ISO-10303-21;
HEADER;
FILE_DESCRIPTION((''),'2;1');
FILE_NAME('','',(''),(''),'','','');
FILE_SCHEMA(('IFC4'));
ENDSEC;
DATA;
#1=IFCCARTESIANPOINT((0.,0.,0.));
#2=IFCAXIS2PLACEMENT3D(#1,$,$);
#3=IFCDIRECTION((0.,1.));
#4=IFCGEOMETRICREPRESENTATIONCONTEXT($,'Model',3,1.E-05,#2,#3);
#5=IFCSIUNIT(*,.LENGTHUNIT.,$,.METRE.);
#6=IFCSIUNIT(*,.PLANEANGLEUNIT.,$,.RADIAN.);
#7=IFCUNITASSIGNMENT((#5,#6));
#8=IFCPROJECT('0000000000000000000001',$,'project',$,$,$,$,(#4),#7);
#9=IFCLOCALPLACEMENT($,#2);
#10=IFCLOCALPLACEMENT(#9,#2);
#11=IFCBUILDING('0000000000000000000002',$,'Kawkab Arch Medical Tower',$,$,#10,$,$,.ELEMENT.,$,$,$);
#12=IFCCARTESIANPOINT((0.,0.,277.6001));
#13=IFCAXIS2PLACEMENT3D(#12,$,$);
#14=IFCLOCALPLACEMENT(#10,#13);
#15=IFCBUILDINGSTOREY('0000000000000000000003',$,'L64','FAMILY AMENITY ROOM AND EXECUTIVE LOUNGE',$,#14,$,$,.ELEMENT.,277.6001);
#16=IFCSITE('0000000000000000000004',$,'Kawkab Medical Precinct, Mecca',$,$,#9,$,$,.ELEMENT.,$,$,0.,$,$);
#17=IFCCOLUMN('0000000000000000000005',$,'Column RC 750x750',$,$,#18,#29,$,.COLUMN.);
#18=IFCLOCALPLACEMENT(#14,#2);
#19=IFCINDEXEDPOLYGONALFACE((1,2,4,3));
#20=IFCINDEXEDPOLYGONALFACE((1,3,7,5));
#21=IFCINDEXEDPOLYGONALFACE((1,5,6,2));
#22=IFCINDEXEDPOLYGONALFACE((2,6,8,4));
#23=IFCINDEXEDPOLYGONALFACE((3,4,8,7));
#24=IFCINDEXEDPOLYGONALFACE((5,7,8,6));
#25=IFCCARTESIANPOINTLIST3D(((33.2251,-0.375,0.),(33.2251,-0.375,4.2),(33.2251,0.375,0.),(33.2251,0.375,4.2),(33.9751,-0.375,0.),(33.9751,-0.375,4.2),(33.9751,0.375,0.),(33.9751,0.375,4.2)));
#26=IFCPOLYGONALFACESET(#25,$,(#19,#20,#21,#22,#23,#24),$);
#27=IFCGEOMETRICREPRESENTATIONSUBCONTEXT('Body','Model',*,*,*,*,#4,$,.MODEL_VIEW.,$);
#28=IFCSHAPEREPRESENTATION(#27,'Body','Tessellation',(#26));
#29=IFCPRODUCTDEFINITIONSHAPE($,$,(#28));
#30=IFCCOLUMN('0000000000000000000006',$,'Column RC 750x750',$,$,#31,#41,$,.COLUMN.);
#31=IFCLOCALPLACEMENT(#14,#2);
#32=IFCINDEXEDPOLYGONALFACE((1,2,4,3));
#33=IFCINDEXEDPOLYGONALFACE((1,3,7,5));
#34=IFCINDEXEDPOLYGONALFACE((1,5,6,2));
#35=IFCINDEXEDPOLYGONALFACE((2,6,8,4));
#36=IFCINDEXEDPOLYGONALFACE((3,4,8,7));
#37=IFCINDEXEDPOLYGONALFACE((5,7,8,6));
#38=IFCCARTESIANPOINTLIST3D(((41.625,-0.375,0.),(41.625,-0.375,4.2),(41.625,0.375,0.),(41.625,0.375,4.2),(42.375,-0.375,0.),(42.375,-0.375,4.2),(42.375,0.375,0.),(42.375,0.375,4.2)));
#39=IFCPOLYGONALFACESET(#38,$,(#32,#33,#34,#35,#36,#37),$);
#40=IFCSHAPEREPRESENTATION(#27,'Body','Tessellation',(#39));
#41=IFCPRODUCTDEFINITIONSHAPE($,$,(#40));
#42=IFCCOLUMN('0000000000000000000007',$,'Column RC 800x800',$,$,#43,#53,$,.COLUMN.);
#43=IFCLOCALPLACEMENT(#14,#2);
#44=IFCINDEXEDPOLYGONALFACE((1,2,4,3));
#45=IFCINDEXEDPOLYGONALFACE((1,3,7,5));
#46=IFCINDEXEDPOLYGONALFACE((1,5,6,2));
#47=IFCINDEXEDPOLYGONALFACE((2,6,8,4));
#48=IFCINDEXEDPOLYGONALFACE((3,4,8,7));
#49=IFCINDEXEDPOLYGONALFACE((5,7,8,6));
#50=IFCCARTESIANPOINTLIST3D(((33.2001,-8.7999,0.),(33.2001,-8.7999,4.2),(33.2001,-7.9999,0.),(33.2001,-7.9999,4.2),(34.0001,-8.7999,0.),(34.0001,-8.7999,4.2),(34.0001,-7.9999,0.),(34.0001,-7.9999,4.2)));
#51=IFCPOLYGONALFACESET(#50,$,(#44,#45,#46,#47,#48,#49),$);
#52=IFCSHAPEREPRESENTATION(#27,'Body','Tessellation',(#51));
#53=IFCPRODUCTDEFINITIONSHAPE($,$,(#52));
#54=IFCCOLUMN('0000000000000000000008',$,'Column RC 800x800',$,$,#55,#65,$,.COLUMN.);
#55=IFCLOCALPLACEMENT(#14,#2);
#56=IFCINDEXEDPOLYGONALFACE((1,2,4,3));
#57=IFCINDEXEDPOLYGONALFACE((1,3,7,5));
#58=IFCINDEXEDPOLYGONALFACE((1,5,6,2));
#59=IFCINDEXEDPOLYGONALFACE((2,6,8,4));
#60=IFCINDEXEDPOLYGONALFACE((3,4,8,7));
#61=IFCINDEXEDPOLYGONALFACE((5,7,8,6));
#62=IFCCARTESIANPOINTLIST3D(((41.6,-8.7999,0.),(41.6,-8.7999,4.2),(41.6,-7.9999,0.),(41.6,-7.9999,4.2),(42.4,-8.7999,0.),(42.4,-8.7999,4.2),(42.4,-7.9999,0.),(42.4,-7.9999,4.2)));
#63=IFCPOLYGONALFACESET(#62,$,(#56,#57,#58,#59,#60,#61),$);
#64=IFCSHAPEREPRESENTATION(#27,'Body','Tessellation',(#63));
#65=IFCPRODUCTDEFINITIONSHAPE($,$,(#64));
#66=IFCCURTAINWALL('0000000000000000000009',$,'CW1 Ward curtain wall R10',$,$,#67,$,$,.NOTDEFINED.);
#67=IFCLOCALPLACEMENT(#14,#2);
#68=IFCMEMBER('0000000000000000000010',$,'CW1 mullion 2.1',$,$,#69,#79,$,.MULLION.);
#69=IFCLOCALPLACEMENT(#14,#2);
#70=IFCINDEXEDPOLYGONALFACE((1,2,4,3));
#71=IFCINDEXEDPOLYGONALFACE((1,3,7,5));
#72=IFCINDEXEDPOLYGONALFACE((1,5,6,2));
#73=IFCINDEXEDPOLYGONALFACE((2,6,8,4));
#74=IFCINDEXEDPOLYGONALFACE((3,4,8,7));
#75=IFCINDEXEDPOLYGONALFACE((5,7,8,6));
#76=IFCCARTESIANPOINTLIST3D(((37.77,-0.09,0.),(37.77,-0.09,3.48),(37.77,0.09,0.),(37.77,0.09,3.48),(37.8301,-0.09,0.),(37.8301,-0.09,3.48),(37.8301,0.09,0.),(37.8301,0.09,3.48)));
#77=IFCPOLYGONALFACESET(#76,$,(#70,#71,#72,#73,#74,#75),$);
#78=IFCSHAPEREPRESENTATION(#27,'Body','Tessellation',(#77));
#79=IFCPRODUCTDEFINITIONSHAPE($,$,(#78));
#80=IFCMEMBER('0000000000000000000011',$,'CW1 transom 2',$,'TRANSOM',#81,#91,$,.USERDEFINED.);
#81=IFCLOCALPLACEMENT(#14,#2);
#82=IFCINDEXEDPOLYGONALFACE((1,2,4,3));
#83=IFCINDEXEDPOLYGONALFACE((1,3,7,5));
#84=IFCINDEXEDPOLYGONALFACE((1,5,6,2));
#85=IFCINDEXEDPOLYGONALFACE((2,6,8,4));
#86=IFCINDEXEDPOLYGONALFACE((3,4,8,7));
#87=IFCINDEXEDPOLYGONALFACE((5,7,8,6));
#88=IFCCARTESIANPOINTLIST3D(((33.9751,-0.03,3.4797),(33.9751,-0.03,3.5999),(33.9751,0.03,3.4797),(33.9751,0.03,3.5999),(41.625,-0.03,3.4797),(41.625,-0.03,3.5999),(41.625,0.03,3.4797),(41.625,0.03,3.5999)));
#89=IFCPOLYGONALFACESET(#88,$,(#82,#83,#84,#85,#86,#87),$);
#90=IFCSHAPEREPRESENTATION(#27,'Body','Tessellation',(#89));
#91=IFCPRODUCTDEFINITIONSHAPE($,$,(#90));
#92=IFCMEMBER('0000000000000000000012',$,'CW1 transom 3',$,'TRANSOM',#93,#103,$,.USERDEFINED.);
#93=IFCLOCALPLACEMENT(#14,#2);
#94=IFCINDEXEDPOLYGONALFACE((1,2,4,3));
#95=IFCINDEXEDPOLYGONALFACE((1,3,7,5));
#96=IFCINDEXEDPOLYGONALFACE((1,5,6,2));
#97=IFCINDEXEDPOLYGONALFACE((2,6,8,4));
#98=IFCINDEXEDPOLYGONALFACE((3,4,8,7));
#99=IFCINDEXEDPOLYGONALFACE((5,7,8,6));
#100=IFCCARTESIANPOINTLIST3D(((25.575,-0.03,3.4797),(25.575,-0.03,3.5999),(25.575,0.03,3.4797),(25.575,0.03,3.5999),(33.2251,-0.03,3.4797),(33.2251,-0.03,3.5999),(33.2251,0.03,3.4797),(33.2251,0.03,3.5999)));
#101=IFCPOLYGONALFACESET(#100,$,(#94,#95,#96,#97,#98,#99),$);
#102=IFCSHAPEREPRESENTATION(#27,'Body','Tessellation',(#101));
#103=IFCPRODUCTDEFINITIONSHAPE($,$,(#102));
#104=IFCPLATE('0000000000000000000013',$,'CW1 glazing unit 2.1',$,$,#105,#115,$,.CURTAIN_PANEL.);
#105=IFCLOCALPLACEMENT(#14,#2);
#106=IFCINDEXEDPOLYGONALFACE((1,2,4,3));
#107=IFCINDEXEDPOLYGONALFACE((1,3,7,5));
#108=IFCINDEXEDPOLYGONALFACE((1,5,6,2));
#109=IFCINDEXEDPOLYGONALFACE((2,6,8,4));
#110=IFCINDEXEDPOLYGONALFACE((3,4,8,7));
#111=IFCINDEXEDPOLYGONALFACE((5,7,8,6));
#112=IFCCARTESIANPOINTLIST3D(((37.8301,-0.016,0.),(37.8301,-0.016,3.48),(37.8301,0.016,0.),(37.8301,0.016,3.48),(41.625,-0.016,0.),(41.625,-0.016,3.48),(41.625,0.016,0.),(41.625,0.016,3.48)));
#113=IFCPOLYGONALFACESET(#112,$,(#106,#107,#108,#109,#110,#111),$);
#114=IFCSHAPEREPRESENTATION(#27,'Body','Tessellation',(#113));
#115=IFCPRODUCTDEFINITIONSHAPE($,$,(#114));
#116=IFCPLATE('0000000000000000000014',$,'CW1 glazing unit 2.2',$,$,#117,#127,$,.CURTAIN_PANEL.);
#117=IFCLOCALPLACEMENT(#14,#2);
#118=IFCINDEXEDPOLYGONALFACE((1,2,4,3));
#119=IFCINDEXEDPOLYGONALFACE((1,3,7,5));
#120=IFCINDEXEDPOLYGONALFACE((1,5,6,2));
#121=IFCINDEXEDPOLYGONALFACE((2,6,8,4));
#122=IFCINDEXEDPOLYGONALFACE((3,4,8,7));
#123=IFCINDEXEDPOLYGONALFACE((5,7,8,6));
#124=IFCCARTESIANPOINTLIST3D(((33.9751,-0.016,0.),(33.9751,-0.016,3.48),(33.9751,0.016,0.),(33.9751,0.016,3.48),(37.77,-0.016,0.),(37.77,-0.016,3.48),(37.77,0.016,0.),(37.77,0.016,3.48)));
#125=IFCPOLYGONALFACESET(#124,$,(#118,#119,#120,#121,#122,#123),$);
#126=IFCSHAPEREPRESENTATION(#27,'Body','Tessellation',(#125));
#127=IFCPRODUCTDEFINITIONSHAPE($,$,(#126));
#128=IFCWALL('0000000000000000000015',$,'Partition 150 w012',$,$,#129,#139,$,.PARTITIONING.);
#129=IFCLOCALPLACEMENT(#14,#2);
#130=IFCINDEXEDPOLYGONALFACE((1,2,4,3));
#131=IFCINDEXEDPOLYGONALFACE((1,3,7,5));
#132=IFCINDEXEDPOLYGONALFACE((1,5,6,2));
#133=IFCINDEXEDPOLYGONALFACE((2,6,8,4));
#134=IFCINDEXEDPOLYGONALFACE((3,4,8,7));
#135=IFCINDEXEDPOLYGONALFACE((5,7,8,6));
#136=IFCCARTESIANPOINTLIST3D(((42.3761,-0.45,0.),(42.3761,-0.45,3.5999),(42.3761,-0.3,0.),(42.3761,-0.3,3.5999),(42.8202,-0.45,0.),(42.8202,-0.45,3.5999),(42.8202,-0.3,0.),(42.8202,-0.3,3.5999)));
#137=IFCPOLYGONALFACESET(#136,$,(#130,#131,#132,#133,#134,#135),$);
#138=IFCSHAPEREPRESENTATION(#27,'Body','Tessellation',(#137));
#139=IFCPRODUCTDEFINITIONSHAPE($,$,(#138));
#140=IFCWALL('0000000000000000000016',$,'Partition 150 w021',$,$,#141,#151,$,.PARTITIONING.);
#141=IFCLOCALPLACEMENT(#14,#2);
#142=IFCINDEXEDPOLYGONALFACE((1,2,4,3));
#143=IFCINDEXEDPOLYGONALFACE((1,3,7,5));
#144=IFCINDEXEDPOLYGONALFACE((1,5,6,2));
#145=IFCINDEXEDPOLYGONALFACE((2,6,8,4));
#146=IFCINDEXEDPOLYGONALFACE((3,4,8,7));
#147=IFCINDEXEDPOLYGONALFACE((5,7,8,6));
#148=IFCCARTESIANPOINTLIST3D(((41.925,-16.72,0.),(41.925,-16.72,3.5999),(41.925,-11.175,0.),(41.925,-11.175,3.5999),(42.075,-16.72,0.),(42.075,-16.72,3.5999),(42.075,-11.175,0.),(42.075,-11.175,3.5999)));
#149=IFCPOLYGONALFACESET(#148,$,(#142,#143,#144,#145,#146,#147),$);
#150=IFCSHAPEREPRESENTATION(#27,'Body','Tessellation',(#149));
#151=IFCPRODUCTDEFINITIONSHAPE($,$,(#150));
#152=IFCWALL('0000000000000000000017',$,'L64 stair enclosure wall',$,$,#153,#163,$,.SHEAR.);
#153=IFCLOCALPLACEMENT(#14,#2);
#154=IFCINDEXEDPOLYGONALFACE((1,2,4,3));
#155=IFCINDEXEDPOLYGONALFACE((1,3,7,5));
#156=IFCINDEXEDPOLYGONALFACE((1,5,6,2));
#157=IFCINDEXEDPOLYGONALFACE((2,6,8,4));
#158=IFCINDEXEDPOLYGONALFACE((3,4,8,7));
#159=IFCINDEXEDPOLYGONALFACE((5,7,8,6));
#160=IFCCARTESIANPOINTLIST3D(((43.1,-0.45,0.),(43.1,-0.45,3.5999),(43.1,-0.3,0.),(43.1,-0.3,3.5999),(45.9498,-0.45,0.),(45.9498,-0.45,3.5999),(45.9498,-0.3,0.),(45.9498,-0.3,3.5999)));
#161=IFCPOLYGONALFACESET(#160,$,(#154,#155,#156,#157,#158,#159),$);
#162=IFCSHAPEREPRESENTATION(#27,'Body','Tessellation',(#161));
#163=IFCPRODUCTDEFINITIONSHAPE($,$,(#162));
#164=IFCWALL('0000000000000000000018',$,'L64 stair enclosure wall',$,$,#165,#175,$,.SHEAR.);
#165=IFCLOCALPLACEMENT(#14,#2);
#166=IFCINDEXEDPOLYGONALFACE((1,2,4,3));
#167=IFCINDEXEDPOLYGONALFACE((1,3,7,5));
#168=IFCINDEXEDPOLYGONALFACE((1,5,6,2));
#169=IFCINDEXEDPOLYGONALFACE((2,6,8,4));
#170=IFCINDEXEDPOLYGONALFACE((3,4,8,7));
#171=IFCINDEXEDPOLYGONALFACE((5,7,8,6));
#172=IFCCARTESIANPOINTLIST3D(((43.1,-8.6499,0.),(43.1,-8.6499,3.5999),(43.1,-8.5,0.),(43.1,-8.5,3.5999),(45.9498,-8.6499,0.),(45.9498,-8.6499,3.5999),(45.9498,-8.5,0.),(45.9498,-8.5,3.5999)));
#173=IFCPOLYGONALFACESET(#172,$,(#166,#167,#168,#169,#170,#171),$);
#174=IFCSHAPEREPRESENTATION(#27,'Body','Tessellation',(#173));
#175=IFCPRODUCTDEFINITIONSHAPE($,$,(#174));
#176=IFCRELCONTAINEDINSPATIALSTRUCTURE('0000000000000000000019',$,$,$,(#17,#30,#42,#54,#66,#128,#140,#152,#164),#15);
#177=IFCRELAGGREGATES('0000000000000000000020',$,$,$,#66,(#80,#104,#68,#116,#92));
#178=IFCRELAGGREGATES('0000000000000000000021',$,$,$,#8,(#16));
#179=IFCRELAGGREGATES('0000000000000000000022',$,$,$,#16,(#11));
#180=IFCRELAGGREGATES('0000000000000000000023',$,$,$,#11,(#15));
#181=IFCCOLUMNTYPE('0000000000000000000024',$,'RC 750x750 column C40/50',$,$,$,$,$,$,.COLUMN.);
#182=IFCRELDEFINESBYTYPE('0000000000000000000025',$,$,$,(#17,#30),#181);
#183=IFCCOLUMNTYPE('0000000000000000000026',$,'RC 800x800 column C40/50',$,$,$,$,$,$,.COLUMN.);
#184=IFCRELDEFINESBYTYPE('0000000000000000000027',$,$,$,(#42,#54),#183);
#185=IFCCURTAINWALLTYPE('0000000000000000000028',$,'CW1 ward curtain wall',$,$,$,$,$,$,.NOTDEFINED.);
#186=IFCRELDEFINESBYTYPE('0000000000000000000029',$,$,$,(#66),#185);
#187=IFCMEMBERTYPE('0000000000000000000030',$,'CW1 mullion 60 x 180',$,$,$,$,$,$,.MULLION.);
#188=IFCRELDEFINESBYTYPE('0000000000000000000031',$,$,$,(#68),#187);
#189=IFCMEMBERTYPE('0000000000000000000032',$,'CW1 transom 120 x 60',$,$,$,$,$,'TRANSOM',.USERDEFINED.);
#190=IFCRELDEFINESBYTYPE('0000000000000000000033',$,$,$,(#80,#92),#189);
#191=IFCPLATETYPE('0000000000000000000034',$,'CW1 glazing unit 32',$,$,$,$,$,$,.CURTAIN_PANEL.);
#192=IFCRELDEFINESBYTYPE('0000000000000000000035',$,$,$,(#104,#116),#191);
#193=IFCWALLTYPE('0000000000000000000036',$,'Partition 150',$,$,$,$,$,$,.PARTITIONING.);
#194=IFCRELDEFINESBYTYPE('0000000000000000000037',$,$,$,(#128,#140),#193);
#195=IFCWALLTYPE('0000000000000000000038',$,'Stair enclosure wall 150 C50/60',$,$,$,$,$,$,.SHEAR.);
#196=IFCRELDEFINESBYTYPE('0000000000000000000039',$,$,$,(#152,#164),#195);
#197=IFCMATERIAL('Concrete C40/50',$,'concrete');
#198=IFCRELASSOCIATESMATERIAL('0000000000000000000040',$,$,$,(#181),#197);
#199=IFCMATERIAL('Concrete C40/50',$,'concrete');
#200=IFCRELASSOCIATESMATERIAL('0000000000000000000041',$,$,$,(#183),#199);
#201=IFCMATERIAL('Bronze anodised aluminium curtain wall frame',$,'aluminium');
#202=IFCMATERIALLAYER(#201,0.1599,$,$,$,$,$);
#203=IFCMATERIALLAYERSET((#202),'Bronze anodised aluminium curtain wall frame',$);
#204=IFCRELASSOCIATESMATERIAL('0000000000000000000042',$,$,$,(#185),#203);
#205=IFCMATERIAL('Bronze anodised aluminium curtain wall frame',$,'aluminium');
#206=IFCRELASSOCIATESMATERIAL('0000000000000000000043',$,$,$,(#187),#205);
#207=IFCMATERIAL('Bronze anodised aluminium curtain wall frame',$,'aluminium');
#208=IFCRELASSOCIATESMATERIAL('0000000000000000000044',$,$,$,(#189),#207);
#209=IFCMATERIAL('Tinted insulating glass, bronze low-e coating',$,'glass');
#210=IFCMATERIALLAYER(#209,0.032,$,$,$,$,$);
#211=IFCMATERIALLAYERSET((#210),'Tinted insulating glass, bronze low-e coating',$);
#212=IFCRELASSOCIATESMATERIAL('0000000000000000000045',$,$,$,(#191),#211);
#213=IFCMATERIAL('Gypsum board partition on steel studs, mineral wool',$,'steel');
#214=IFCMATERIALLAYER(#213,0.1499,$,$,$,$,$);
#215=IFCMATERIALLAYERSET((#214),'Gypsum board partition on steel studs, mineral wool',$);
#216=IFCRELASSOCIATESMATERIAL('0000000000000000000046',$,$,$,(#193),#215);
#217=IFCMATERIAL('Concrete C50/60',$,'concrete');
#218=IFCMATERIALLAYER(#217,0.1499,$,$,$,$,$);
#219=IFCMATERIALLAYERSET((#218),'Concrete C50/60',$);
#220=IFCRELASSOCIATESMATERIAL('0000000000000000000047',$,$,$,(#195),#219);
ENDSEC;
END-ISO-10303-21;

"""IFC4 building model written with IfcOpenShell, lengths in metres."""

from ifc_helpers import new_model, si_unit, direction, frame, frame_2d, origin, origin_2d, place, context, subcontext, project, spatial, rectangle, extrude, material, layer, layer_set, material_profile, profile_set, type_object, element, aggregate, save


model = new_model("IFC4")

# Units and contexts
model_context = context("Model", 3, precision=1e-05, world=origin(), true_north=direction((0.0, 1.0)))
body_context = subcontext(model_context, "Body", "Model", "MODEL_VIEW")
ifc_project = project(units=[si_unit("LENGTHUNIT", "METRE"), si_unit("PLANEANGLEUNIT", "RADIAN")], contexts=[model_context])

# Site, building, storey
site_placement = place(None, origin())
site = spatial("IfcSite", under=ifc_project, at=site_placement, Name="Kawkab Medical Precinct, Mecca", CompositionType="ELEMENT", RefElevation=0.0)
building_placement = place(site_placement, origin())
building = spatial("IfcBuilding", under=site, at=building_placement, Name="Kawkab Arch Medical Tower", CompositionType="ELEMENT")
storey_placement = place(building_placement, frame((0.0, 0.0, 277.6001)))
storey = spatial("IfcBuildingStorey", under=building, at=storey_placement, Name="L64", Description="FAMILY AMENITY ROOM AND EXECUTIVE LOUNGE", CompositionType="ELEMENT", Elevation=277.6001)

# Columns
ifc_material_1 = material(Name="Concrete C40/50", Category="concrete")
ifc_material_profile_1 = material_profile(ifc_material_1, rectangle(XDim=0.75, YDim=0.75, at=origin_2d()), Name="RC 750x750")
ifc_profile_set_1 = profile_set([ifc_material_profile_1], Name="Concrete C40/50")
column_type_1 = type_object("IfcColumnType", Name="RC 750x750 column C40/50", PredefinedType="COLUMN", material=ifc_profile_set_1)
for number, where, z_axis, x_axis, name in (
    (1, (33.6001, 0.0, 0.0), (0.0, 0.0, 1.0), (1.0, 0.0, 0.0), "Column RC 750x750"),
    (2, (42.0, 0.0, 0.0), (0.0, 0.0, 1.0), (1.0, 0.0, 0.0), "Column RC 750x750"),
):
    element("IfcColumn", number, at=place(storey_placement, frame(where, z_axis=z_axis, x_axis=x_axis)), inside=storey, type_object=column_type_1, Name=name, PredefinedType="COLUMN", context=body_context, shape_type="SweptSolid", body=[
        extrude(rectangle(XDim=0.75, YDim=0.75, at=origin_2d()), origin(), (0.0, 0.0, 1.0), 4.2),
    ])
ifc_material_2 = material(Name="Concrete C40/50", Category="concrete")
ifc_material_profile_2 = material_profile(ifc_material_2, rectangle(XDim=0.8, YDim=0.8, at=origin_2d()), Name="RC 800x800")
ifc_profile_set_2 = profile_set([ifc_material_profile_2], Name="Concrete C40/50")
column_type_2 = type_object("IfcColumnType", Name="RC 800x800 column C40/50", PredefinedType="COLUMN", material=ifc_profile_set_2)
for number, where, z_axis, x_axis, name in (
    (3, (33.6001, -8.3999, 0.0), (0.0, 0.0, 1.0), (1.0, 0.0, 0.0), "Column RC 800x800"),
    (4, (42.0, -8.3999, 0.0), (0.0, 0.0, 1.0), (1.0, 0.0, 0.0), "Column RC 800x800"),
):
    element("IfcColumn", number, at=place(storey_placement, frame(where, z_axis=z_axis, x_axis=x_axis)), inside=storey, type_object=column_type_2, Name=name, PredefinedType="COLUMN", context=body_context, shape_type="SweptSolid", body=[
        extrude(rectangle(XDim=0.8, YDim=0.8, at=origin_2d()), origin(), (0.0, 0.0, 1.0), 4.2),
    ])

# Curtain wall, members, plates
ifc_material_3 = material(Name="Bronze anodised aluminium curtain wall frame", Category="aluminium")
ifc_layer_1 = layer(ifc_material_3, 0.1599)
ifc_layer_set_1 = layer_set([ifc_layer_1], Name="Bronze anodised aluminium curtain wall frame")
curtain_wall_type = type_object("IfcCurtainWallType", Name="CW1 ward curtain wall", PredefinedType="NOTDEFINED", material=ifc_layer_set_1)
placement = place(storey_placement, origin())
curtain_wall = element("IfcCurtainWall", 5, at=placement, inside=storey, type_object=curtain_wall_type, Name="CW1 Ward curtain wall R10", PredefinedType="NOTDEFINED")
ifc_material_4 = material(Name="Bronze anodised aluminium curtain wall frame", Category="aluminium")
ifc_material_profile_3 = material_profile(ifc_material_4, rectangle(XDim=0.1799, YDim=0.0601, at=origin_2d()), Name="AL 60x180")
ifc_profile_set_3 = profile_set([ifc_material_profile_3], Name="Bronze anodised aluminium curtain wall frame")
member_type_1 = type_object("IfcMemberType", Name="CW1 mullion 60 x 180", PredefinedType="MULLION", material=ifc_profile_set_3)
member_1_placement = place(storey_placement, frame((37.8, 0.0, 0.0), z_axis=(0.0, 0.0, 1.0), x_axis=(0.0, -1.0, 0.0)))
member_1 = element("IfcMember", 6, at=member_1_placement, type_object=member_type_1, Name="CW1 mullion 2.1", PredefinedType="MULLION", context=body_context, shape_type="SweptSolid", body=[
    extrude(rectangle(XDim=0.1799, YDim=0.0601, at=origin_2d()), origin(), (0.0, 0.0, 1.0), 3.48),
])
ifc_material_5 = material(Name="Bronze anodised aluminium curtain wall frame", Category="aluminium")
ifc_material_profile_4 = material_profile(ifc_material_5, rectangle(XDim=0.0601, YDim=0.1201, at=origin_2d()), Name="AL 60x120")
ifc_profile_set_4 = profile_set([ifc_material_profile_4], Name="Bronze anodised aluminium curtain wall frame")
member_type_2 = type_object("IfcMemberType", Name="CW1 transom 120 x 60", ElementType="TRANSOM", PredefinedType="USERDEFINED", material=ifc_profile_set_4)
member_2_placement = place(storey_placement, frame((41.625, 0.0, 3.5398), z_axis=(-1.0, 0.0, 0.0), x_axis=(0.0, -1.0, 0.0)))
member_2 = element("IfcMember", 7, at=member_2_placement, type_object=member_type_2, Name="CW1 transom 2", ObjectType="TRANSOM", PredefinedType="USERDEFINED", context=body_context, shape_type="SweptSolid", body=[
    extrude(rectangle(XDim=0.0601, YDim=0.1201, at=origin_2d()), origin(), (0.0, 0.0, 1.0), 7.6499),
])
member_3_placement = place(storey_placement, frame((33.2251, 0.0, 3.5398), z_axis=(-1.0, 0.0, 0.0), x_axis=(0.0, -1.0, 0.0)))
member_3 = element("IfcMember", 8, at=member_3_placement, type_object=member_type_2, Name="CW1 transom 3", ObjectType="TRANSOM", PredefinedType="USERDEFINED", context=body_context, shape_type="SweptSolid", body=[
    extrude(rectangle(XDim=0.0601, YDim=0.1201, at=origin_2d()), origin(), (0.0, 0.0, 1.0), 7.6501),
])
ifc_material_6 = material(Name="Tinted insulating glass, bronze low-e coating", Category="glass")
ifc_layer_2 = layer(ifc_material_6, 0.032)
ifc_layer_set_2 = layer_set([ifc_layer_2], Name="Tinted insulating glass, bronze low-e coating")
plate_type = type_object("IfcPlateType", Name="CW1 glazing unit 32", PredefinedType="CURTAIN_PANEL", material=ifc_layer_set_2)
plate_1_placement = place(storey_placement, frame((39.7275, 0.0, 0.0), z_axis=(0.0, 0.0, 1.0), x_axis=(-1.0, 0.0, 0.0)))
plate_1 = element("IfcPlate", 9, at=plate_1_placement, type_object=plate_type, Name="CW1 glazing unit 2.1", PredefinedType="CURTAIN_PANEL", context=body_context, shape_type="SweptSolid", body=[
    extrude(rectangle(XDim=3.7949, YDim=0.032, at=origin_2d()), origin(), (0.0, 0.0, 1.0), 3.48),
])
plate_2_placement = place(storey_placement, frame((35.8726, 0.0, 0.0), z_axis=(0.0, 0.0, 1.0), x_axis=(-1.0, 0.0, 0.0)))
plate_2 = element("IfcPlate", 10, at=plate_2_placement, type_object=plate_type, Name="CW1 glazing unit 2.2", PredefinedType="CURTAIN_PANEL", context=body_context, shape_type="SweptSolid", body=[
    extrude(rectangle(XDim=3.7949, YDim=0.032, at=origin_2d()), origin(), (0.0, 0.0, 1.0), 3.48),
])
aggregate(curtain_wall, [member_2, plate_1, member_1, plate_2, member_3])

# Walls
ifc_material_7 = material(Name="Gypsum board partition on steel studs, mineral wool", Category="steel")
ifc_layer_3 = layer(ifc_material_7, 0.1499)
ifc_layer_set_3 = layer_set([ifc_layer_3], Name="Gypsum board partition on steel studs, mineral wool")
wall_type_1 = type_object("IfcWallType", Name="Partition 150", PredefinedType="PARTITIONING", material=ifc_layer_set_3)
wall_1_placement = place(storey_placement, frame((42.376, -0.375, 0.0), z_axis=(0.0, 0.0, 1.0), x_axis=(1.0, 0.0, 0.0)))
element("IfcWall", 11, at=wall_1_placement, inside=storey, type_object=wall_type_1, Name="Partition 150 w012", PredefinedType="PARTITIONING", context=body_context, shape_type="SweptSolid", body=[
    extrude(rectangle(XDim=0.4441, YDim=0.1499, at=frame_2d((0.2222, 0.0))), origin(), (0.0, 0.0, 1.0), 3.5999),
])
wall_2_placement = place(storey_placement, frame((42.0, -16.72, 0.0), z_axis=(0.0, 0.0, 1.0), x_axis=(0.0, 1.0, 0.0)))
element("IfcWall", 12, at=wall_2_placement, inside=storey, type_object=wall_type_1, Name="Partition 150 w021", PredefinedType="PARTITIONING", context=body_context, shape_type="SweptSolid", body=[
    extrude(rectangle(XDim=5.5449, YDim=0.1499, at=frame_2d((2.7725, 0.0))), origin(), (0.0, 0.0, 1.0), 3.5999),
])
ifc_material_8 = material(Name="Concrete C50/60", Category="concrete")
ifc_layer_4 = layer(ifc_material_8, 0.1499)
ifc_layer_set_4 = layer_set([ifc_layer_4], Name="Concrete C50/60")
wall_type_2 = type_object("IfcWallType", Name="Stair enclosure wall 150 C50/60", PredefinedType="SHEAR", material=ifc_layer_set_4)
for number, where, z_axis, x_axis, name in (
    (13, (43.1001, -0.375, 0.0), (0.0, 0.0, 1.0), (1.0, 0.0, 0.0), "L64 stair enclosure wall"),
    (14, (43.1001, -8.575, 0.0), (0.0, 0.0, 1.0), (1.0, 0.0, 0.0), "L64 stair enclosure wall"),
):
    element("IfcWall", number, at=place(storey_placement, frame(where, z_axis=z_axis, x_axis=x_axis)), inside=storey, type_object=wall_type_2, Name=name, PredefinedType="SHEAR", context=body_context, shape_type="SweptSolid", body=[
        extrude(rectangle(XDim=2.8499, YDim=0.1499, at=frame_2d((1.4248, 0.0))), origin(), (0.0, 0.0, 1.0), 3.5999),
    ])

save(model, "model.ifc")
